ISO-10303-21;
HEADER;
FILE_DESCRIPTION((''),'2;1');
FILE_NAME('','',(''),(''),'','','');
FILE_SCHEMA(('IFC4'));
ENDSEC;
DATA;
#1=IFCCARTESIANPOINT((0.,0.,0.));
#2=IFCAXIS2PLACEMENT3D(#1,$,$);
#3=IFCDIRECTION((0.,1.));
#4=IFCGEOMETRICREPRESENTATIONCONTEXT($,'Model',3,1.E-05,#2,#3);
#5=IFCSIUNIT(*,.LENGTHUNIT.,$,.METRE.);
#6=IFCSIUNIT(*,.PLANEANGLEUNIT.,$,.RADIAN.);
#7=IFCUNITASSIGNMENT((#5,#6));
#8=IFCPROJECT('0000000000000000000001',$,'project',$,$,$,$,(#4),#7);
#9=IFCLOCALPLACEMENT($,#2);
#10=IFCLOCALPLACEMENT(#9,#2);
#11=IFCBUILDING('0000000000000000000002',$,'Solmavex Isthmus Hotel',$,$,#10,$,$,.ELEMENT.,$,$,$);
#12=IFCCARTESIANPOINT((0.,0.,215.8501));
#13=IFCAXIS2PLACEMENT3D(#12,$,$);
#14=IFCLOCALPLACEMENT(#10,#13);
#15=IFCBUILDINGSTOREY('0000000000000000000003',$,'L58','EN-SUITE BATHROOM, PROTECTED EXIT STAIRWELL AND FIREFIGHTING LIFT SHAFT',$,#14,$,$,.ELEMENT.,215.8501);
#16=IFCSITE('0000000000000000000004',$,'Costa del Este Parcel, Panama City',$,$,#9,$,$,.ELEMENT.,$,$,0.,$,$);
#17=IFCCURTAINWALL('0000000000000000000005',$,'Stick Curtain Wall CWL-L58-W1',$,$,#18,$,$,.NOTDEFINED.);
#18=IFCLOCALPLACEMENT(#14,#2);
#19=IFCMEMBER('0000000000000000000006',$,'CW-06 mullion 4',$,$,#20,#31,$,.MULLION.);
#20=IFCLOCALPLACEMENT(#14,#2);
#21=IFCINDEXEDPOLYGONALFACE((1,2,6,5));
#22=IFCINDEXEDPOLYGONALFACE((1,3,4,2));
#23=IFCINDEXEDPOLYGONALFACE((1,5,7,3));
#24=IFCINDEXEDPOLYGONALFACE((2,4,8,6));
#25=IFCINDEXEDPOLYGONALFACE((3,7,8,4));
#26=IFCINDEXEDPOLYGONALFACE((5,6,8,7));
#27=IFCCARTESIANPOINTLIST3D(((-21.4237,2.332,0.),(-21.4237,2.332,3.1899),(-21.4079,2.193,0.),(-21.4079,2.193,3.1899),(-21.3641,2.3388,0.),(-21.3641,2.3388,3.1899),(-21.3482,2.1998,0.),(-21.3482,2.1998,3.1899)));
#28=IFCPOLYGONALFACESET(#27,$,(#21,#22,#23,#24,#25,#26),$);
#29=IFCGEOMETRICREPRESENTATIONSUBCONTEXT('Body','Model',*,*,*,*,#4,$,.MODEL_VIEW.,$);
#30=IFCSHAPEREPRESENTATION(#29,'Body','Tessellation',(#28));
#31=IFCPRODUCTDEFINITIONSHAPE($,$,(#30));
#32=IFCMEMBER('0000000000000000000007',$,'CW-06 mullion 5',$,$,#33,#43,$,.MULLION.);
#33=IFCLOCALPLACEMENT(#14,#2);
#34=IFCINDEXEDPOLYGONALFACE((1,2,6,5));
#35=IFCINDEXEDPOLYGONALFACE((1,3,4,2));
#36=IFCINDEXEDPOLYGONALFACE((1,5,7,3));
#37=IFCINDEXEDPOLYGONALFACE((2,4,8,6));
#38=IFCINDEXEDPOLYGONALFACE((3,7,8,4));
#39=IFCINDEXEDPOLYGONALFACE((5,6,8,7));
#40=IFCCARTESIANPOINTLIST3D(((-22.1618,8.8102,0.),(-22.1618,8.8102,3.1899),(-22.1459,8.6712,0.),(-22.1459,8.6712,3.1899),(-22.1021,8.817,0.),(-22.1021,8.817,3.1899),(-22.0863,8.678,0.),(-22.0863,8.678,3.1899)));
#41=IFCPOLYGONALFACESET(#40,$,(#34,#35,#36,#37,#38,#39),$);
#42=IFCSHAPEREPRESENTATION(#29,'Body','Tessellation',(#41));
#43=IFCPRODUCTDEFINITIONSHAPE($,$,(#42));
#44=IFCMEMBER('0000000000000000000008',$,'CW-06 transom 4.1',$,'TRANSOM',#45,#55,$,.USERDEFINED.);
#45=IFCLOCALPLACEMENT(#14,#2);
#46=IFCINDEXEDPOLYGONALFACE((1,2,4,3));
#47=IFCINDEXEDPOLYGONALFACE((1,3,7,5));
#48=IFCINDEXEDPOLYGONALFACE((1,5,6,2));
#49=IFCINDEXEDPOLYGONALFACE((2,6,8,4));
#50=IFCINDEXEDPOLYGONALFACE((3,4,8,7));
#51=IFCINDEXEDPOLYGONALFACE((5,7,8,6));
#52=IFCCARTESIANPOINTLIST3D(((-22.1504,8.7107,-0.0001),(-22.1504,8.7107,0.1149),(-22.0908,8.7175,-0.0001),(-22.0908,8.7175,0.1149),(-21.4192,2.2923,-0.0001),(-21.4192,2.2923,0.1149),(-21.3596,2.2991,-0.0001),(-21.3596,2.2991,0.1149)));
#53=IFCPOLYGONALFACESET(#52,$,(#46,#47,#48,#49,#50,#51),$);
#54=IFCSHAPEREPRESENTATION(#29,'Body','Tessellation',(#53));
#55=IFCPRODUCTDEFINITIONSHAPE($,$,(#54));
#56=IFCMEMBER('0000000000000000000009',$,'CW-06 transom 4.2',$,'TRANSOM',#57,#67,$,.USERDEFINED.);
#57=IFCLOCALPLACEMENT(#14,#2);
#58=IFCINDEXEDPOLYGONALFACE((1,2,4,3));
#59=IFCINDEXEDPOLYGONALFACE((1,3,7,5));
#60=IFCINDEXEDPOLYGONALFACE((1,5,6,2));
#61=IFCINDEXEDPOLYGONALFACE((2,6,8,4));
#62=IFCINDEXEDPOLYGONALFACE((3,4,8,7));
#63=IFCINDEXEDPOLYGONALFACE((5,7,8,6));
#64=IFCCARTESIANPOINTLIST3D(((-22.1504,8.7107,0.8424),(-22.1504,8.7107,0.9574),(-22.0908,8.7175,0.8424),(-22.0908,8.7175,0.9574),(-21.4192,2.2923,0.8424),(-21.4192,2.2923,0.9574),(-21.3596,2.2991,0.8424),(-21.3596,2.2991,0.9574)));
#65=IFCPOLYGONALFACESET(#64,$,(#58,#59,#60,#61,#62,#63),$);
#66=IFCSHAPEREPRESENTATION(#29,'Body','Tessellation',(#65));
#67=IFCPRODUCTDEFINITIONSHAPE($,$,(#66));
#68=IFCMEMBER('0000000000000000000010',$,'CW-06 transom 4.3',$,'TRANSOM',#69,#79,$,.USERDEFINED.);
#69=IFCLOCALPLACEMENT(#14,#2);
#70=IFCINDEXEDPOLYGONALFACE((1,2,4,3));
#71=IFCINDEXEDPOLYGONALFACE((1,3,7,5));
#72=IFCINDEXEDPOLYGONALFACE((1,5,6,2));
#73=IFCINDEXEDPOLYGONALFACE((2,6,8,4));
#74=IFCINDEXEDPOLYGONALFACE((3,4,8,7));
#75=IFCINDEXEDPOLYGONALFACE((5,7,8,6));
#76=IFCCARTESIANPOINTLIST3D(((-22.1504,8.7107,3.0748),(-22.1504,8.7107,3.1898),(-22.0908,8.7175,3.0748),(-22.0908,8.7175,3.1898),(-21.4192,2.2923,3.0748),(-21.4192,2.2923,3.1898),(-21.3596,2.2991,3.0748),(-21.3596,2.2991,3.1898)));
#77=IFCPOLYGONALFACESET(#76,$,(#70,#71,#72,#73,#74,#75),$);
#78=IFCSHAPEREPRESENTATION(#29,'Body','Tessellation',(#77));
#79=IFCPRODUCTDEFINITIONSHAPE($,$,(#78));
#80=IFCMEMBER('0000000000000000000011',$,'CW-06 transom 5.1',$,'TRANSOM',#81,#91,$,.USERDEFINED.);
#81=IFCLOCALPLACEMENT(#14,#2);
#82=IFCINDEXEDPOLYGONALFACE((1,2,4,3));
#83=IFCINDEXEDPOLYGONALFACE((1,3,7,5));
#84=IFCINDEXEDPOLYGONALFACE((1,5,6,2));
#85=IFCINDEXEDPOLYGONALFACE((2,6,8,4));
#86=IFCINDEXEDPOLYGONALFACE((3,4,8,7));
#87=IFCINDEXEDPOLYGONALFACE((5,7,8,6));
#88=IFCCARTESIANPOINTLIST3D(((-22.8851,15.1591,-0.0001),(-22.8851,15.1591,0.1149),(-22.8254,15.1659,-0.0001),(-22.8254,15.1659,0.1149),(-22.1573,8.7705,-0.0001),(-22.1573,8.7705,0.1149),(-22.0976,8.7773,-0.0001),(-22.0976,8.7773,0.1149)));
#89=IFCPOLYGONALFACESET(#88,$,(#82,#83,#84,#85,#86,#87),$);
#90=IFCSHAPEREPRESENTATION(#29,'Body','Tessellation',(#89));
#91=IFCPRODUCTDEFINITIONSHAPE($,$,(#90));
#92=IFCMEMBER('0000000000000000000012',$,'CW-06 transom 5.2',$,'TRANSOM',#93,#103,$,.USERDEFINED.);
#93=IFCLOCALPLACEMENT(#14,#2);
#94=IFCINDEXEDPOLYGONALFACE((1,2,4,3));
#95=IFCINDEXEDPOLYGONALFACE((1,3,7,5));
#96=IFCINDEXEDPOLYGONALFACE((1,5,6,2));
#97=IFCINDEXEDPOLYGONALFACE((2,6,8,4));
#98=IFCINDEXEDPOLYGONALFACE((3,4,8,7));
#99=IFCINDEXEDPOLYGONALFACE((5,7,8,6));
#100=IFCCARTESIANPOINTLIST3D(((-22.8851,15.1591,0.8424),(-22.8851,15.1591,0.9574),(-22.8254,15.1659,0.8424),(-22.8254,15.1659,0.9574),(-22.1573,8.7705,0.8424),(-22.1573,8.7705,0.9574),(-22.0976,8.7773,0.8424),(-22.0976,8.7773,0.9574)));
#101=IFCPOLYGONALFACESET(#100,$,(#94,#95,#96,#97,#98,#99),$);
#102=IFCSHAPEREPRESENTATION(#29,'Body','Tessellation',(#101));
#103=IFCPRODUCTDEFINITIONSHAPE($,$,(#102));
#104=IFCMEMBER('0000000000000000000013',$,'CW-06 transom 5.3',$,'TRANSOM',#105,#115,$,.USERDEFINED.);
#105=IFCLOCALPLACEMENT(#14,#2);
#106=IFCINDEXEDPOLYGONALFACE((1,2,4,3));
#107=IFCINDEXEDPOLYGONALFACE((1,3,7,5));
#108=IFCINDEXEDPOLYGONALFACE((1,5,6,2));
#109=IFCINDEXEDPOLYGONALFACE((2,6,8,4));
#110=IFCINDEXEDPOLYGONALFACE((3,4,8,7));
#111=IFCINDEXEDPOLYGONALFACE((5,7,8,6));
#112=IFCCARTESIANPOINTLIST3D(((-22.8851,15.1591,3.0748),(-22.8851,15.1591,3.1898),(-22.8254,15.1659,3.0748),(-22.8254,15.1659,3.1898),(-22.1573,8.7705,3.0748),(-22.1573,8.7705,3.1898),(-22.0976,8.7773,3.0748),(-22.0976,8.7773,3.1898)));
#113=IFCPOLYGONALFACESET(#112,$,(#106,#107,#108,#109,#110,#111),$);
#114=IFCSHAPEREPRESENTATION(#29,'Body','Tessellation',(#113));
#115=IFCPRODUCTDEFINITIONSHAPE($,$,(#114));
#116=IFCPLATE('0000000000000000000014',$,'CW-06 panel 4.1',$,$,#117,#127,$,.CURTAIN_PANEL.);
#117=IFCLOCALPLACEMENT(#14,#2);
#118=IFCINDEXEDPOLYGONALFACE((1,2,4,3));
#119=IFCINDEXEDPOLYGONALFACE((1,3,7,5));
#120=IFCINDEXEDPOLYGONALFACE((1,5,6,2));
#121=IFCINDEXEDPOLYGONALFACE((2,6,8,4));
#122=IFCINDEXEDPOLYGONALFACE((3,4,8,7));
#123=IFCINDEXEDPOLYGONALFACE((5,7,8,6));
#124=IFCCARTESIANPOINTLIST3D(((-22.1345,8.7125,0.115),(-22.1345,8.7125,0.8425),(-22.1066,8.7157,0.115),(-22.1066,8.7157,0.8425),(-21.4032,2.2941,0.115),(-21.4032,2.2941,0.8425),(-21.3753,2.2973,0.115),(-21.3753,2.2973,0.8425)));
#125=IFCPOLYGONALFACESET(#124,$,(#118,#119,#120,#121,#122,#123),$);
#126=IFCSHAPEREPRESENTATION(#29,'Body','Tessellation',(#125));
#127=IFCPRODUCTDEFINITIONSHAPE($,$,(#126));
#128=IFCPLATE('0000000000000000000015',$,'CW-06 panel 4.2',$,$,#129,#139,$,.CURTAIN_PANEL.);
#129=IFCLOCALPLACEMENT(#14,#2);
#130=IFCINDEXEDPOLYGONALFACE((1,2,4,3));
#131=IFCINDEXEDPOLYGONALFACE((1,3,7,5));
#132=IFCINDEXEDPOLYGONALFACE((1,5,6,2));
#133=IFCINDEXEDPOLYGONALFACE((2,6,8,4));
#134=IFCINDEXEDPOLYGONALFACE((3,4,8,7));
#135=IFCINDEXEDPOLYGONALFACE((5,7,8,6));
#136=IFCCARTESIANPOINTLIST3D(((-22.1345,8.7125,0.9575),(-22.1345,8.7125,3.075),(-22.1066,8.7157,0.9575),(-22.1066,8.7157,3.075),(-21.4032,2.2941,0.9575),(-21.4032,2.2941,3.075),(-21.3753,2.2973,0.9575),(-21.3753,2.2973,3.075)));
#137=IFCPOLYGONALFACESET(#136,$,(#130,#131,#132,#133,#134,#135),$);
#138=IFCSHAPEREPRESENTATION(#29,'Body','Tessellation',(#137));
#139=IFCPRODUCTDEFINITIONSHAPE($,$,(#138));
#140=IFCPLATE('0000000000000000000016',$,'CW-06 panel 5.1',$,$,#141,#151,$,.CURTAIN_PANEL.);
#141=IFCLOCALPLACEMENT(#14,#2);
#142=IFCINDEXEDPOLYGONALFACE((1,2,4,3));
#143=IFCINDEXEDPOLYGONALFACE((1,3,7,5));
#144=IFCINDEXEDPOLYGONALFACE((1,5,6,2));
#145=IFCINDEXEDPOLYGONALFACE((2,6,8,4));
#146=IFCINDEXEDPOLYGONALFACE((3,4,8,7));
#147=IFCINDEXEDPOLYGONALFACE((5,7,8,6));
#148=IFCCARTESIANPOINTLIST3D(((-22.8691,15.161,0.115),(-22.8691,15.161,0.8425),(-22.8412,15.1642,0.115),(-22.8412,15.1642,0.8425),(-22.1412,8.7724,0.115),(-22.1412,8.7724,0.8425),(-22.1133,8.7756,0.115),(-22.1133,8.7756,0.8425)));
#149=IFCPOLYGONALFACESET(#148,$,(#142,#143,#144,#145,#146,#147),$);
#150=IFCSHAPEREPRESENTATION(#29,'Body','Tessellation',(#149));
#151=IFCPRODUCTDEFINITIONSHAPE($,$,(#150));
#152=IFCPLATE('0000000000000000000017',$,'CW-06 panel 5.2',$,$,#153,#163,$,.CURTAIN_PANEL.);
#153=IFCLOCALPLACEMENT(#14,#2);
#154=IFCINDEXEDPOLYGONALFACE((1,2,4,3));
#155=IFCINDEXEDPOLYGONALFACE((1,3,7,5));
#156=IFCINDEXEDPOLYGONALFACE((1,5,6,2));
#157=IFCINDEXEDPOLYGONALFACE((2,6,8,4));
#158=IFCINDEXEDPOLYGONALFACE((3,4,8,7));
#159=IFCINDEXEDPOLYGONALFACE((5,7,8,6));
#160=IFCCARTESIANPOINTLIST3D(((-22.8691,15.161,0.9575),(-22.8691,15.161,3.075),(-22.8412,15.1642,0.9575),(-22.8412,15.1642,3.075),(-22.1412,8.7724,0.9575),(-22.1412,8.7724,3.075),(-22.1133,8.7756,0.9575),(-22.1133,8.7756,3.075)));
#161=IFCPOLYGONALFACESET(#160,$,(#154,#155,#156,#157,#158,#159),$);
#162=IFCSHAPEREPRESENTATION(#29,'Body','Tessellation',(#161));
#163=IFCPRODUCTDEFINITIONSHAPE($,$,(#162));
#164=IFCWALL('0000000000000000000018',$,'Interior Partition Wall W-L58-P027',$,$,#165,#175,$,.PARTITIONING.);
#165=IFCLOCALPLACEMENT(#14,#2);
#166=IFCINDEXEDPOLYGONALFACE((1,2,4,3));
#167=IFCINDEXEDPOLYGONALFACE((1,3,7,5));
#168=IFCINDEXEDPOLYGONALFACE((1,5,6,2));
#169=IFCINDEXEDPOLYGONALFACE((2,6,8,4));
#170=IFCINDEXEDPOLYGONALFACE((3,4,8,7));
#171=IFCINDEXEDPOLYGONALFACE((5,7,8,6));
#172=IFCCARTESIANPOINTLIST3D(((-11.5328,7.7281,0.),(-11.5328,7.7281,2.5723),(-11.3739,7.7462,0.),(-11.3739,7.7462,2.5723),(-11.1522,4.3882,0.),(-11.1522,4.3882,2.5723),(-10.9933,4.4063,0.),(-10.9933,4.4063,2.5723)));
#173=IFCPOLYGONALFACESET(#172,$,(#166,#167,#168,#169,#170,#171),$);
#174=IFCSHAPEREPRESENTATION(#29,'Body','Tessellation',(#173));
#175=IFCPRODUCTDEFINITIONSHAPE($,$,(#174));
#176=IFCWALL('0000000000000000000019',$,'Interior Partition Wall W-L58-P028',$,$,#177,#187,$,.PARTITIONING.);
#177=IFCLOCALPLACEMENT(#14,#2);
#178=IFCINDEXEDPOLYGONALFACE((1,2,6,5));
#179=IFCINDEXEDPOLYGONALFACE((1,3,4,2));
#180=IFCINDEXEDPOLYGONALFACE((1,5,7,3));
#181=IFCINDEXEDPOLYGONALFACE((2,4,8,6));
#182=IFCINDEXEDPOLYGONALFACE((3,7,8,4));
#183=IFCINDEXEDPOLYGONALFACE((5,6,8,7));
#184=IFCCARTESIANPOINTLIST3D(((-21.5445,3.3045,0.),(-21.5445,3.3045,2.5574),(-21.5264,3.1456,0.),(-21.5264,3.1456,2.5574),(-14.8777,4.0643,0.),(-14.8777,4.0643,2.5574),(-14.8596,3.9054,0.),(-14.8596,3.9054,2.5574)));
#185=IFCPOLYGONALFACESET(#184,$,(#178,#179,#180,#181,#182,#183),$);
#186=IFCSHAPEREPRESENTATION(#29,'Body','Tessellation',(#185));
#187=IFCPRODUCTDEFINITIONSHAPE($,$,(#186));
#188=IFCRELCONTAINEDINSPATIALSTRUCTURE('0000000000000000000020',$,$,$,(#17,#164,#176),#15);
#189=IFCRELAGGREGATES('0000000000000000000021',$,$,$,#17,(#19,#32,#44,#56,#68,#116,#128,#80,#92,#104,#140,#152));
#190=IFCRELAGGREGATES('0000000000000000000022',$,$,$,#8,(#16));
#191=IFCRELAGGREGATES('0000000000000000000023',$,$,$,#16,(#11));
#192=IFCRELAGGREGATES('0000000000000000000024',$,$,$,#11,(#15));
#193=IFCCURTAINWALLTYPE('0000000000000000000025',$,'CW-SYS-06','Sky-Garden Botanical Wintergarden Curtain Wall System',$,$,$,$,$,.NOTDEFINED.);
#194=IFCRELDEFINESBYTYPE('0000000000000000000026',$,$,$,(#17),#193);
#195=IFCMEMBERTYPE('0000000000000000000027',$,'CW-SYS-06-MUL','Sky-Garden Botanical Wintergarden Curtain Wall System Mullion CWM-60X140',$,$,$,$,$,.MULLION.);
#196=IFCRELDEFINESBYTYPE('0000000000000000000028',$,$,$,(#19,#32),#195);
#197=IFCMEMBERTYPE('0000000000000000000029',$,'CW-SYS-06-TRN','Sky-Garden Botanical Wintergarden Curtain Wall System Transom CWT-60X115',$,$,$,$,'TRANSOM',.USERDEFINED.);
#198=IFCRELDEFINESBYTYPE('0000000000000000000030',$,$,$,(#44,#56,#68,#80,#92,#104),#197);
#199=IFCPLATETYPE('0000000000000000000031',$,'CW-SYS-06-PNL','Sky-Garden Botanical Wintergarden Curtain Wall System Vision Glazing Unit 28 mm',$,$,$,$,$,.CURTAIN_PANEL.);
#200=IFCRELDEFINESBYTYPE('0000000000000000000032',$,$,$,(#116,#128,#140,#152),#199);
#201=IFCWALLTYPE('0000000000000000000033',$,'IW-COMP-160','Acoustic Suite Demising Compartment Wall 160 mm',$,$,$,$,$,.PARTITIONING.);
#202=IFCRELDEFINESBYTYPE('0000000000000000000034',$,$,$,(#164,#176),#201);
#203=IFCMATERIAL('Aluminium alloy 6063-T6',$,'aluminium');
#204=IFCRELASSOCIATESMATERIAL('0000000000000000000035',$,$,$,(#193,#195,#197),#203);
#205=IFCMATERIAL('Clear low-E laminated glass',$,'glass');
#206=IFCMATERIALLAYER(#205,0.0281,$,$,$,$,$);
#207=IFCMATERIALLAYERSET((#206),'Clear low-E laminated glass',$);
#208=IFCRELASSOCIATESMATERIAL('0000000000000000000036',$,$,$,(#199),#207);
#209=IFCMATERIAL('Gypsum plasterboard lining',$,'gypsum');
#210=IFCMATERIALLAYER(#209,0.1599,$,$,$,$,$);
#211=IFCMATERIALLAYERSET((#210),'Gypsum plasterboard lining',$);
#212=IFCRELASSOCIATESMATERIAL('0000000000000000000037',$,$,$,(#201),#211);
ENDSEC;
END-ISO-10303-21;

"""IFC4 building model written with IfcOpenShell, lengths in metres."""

from ifc_helpers import new_model, si_unit, direction, frame, frame_2d, origin, origin_2d, place, context, subcontext, project, spatial, rectangle, extrude, material, layer, layer_set, material_profile, profile_set, type_object, element, aggregate, save


model = new_model("IFC4")

# Units and contexts
model_context = context("Model", 3, precision=1e-05, world=origin(), true_north=direction((0.0, 1.0)))
body_context = subcontext(model_context, "Body", "Model", "MODEL_VIEW")
ifc_project = project(units=[si_unit("LENGTHUNIT", "METRE"), si_unit("PLANEANGLEUNIT", "RADIAN")], contexts=[model_context])

# Site, building, storey
site_placement = place(None, origin())
site = spatial("IfcSite", under=ifc_project, at=site_placement, Name="Costa del Este Parcel, Panama City", CompositionType="ELEMENT", RefElevation=0.0)
building_placement = place(site_placement, origin())
building = spatial("IfcBuilding", under=site, at=building_placement, Name="Solmavex Isthmus Hotel", CompositionType="ELEMENT")
storey_placement = place(building_placement, frame((0.0, 0.0, 215.8501)))
storey = spatial("IfcBuildingStorey", under=building, at=storey_placement, Name="L58", Description="EN-SUITE BATHROOM, PROTECTED EXIT STAIRWELL AND FIREFIGHTING LIFT SHAFT", CompositionType="ELEMENT", Elevation=215.8501)

# Curtain wall, members, plates
ifc_material_1 = material(Name="Aluminium alloy 6063-T6", Category="aluminium")
curtain_wall_type = type_object("IfcCurtainWallType", Name="CW-SYS-06", Description="Sky-Garden Botanical Wintergarden Curtain Wall System", PredefinedType="NOTDEFINED", material=ifc_material_1)
curtain_wall_placement = place(storey_placement, origin())
curtain_wall = element("IfcCurtainWall", 1, at=curtain_wall_placement, inside=storey, type_object=curtain_wall_type, Name="Stick Curtain Wall CWL-L58-W1", PredefinedType="NOTDEFINED")
ifc_material_profile_1 = material_profile(ifc_material_1, rectangle(XDim=0.0601, YDim=0.1399, at=origin_2d()), Name="CWM-60X140")
ifc_profile_set_1 = profile_set([ifc_material_profile_1], Name="Aluminium alloy 6063-T6")
member_type_1 = type_object("IfcMemberType", Name="CW-SYS-06-MUL", Description="Sky-Garden Botanical Wintergarden Curtain Wall System Mullion CWM-60X140", PredefinedType="MULLION", material=ifc_profile_set_1)
member_1_placement = place(storey_placement, frame((-21.386, 2.2659, 0.0), z_axis=(0.0, 0.0, 1.0), x_axis=(-0.993572, -0.113203, 0.0)))
member_1 = element("IfcMember", 2, at=member_1_placement, type_object=member_type_1, Name="CW-06 mullion 4", PredefinedType="MULLION", context=body_context, shape_type="SweptSolid", body=[
    extrude(rectangle(XDim=0.0601, YDim=0.1399, at=origin_2d()), origin(), (0.0, 0.0, 1.0), 3.1899),
])
member_2_placement = place(storey_placement, frame((-22.124, 8.7441, 0.0), z_axis=(0.0, 0.0, 1.0), x_axis=(-0.993572, -0.113203, 0.0)))
member_2 = element("IfcMember", 3, at=member_2_placement, type_object=member_type_1, Name="CW-06 mullion 5", PredefinedType="MULLION", context=body_context, shape_type="SweptSolid", body=[
    extrude(rectangle(XDim=0.0601, YDim=0.1399, at=origin_2d()), origin(), (0.0, 0.0, 1.0), 3.1899),
])
ifc_material_profile_2 = material_profile(ifc_material_1, rectangle(XDim=0.0601, YDim=0.115, at=origin_2d()), Name="CWT-60X115")
ifc_profile_set_2 = profile_set([ifc_material_profile_2], Name="Aluminium alloy 6063-T6")
member_type_2 = type_object("IfcMemberType", Name="CW-SYS-06-TRN", Description="Sky-Garden Botanical Wintergarden Curtain Wall System Transom CWT-60X115", ElementType="TRANSOM", PredefinedType="USERDEFINED", material=ifc_profile_set_2)
member_3_placement = place(storey_placement, frame((-21.3894, 2.2957, 0.0574), z_axis=(-0.11319, 0.993573, 0.0), x_axis=(-0.993573, -0.11319, 0.0)))
member_3 = element("IfcMember", 4, at=member_3_placement, type_object=member_type_2, Name="CW-06 transom 4.1", ObjectType="TRANSOM", PredefinedType="USERDEFINED", context=body_context, shape_type="SweptSolid", body=[
    extrude(rectangle(XDim=0.0601, YDim=0.115, at=origin_2d()), origin(), (0.0, 0.0, 1.0), 6.46),
])
member_4_placement = place(storey_placement, frame((-21.3894, 2.2957, 0.8999), z_axis=(-0.11319, 0.993573, 0.0), x_axis=(-0.993573, -0.11319, 0.0)))
member_4 = element("IfcMember", 5, at=member_4_placement, type_object=member_type_2, Name="CW-06 transom 4.2", ObjectType="TRANSOM", PredefinedType="USERDEFINED", context=body_context, shape_type="SweptSolid", body=[
    extrude(rectangle(XDim=0.0601, YDim=0.115, at=origin_2d()), origin(), (0.0, 0.0, 1.0), 6.46),
])
member_5_placement = place(storey_placement, frame((-21.3894, 2.2957, 3.1323), z_axis=(-0.11319, 0.993573, 0.0), x_axis=(-0.993573, -0.11319, 0.0)))
member_5 = element("IfcMember", 6, at=member_5_placement, type_object=member_type_2, Name="CW-06 transom 4.3", ObjectType="TRANSOM", PredefinedType="USERDEFINED", context=body_context, shape_type="SweptSolid", body=[
    extrude(rectangle(XDim=0.0601, YDim=0.115, at=origin_2d()), origin(), (0.0, 0.0, 1.0), 6.46),
])
member_6_placement = place(storey_placement, frame((-22.1274, 8.7739, 0.0574), z_axis=(-0.113186, 0.993574, 0.0), x_axis=(-0.993574, -0.113186, 0.0)))
member_6 = element("IfcMember", 7, at=member_6_placement, type_object=member_type_2, Name="CW-06 transom 5.1", ObjectType="TRANSOM", PredefinedType="USERDEFINED", context=body_context, shape_type="SweptSolid", body=[
    extrude(rectangle(XDim=0.0601, YDim=0.115, at=origin_2d()), origin(), (0.0, 0.0, 1.0), 6.4299),
])
member_7_placement = place(storey_placement, frame((-22.1274, 8.7739, 0.8999), z_axis=(-0.113186, 0.993574, 0.0), x_axis=(-0.993574, -0.113186, 0.0)))
member_7 = element("IfcMember", 8, at=member_7_placement, type_object=member_type_2, Name="CW-06 transom 5.2", ObjectType="TRANSOM", PredefinedType="USERDEFINED", context=body_context, shape_type="SweptSolid", body=[
    extrude(rectangle(XDim=0.0601, YDim=0.115, at=origin_2d()), origin(), (0.0, 0.0, 1.0), 6.4299),
])
member_8_placement = place(storey_placement, frame((-22.1274, 8.7739, 3.1323), z_axis=(-0.113186, 0.993574, 0.0), x_axis=(-0.993574, -0.113186, 0.0)))
member_8 = element("IfcMember", 9, at=member_8_placement, type_object=member_type_2, Name="CW-06 transom 5.3", ObjectType="TRANSOM", PredefinedType="USERDEFINED", context=body_context, shape_type="SweptSolid", body=[
    extrude(rectangle(XDim=0.0601, YDim=0.115, at=origin_2d()), origin(), (0.0, 0.0, 1.0), 6.4299),
])
ifc_material_2 = material(Name="Clear low-E laminated glass", Category="glass")
ifc_layer_1 = layer(ifc_material_2, 0.0281)
ifc_layer_set_1 = layer_set([ifc_layer_1], Name="Clear low-E laminated glass")
plate_type = type_object("IfcPlateType", Name="CW-SYS-06-PNL", Description="Sky-Garden Botanical Wintergarden Curtain Wall System Vision Glazing Unit 28 mm", PredefinedType="CURTAIN_PANEL", material=ifc_layer_set_1)
plate_1_placement = place(storey_placement, frame((-21.7549, 5.5049, 0.115), z_axis=(0.0, 0.0, 1.0), x_axis=(-0.113203, 0.993572, 0.0)))
plate_1 = element("IfcPlate", 10, at=plate_1_placement, type_object=plate_type, Name="CW-06 panel 4.1", PredefinedType="CURTAIN_PANEL", context=body_context, shape_type="SweptSolid", body=[
    extrude(rectangle(XDim=6.46, YDim=0.0281, at=origin_2d()), origin(), (0.0, 0.0, 1.0), 0.7275),
])
plate_2_placement = place(storey_placement, frame((-21.7549, 5.5049, 0.9575), z_axis=(0.0, 0.0, 1.0), x_axis=(-0.113203, 0.993572, 0.0)))
plate_2 = element("IfcPlate", 11, at=plate_2_placement, type_object=plate_type, Name="CW-06 panel 4.2", PredefinedType="CURTAIN_PANEL", context=body_context, shape_type="SweptSolid", body=[
    extrude(rectangle(XDim=6.46, YDim=0.0281, at=origin_2d()), origin(), (0.0, 0.0, 1.0), 2.1174),
])
plate_3_placement = place(storey_placement, frame((-22.4912, 11.9683, 0.115), z_axis=(0.0, 0.0, 1.0), x_axis=(-0.113203, 0.993572, 0.0)))
plate_3 = element("IfcPlate", 12, at=plate_3_placement, type_object=plate_type, Name="CW-06 panel 5.1", PredefinedType="CURTAIN_PANEL", context=body_context, shape_type="SweptSolid", body=[
    extrude(rectangle(XDim=6.4299, YDim=0.0281, at=origin_2d()), origin(), (0.0, 0.0, 1.0), 0.7275),
])
plate_4_placement = place(storey_placement, frame((-22.4912, 11.9683, 0.9575), z_axis=(0.0, 0.0, 1.0), x_axis=(-0.113203, 0.993572, 0.0)))
plate_4 = element("IfcPlate", 13, at=plate_4_placement, type_object=plate_type, Name="CW-06 panel 5.2", PredefinedType="CURTAIN_PANEL", context=body_context, shape_type="SweptSolid", body=[
    extrude(rectangle(XDim=6.4299, YDim=0.0281, at=origin_2d()), origin(), (0.0, 0.0, 1.0), 2.1174),
])
aggregate(curtain_wall, [member_1, member_2, member_3, member_4, member_5, plate_1, plate_2, member_6, member_7, member_8, plate_3, plate_4])

# Walls
ifc_material_3 = material(Name="Gypsum plasterboard lining", Category="gypsum")
ifc_layer_2 = layer(ifc_material_3, 0.1599)
ifc_layer_set_2 = layer_set([ifc_layer_2], Name="Gypsum plasterboard lining")
wall_type_1 = type_object("IfcWallType", Name="IW-COMP-160", Description="Acoustic Suite Demising Compartment Wall 160 mm", PredefinedType="PARTITIONING", material=ifc_layer_set_2)
wall_1_placement = place(storey_placement, frame((-11.4534, 7.7371, 0.0), z_axis=(0.0, 0.0, 1.0), x_axis=(0.113229, -0.993569, 0.0)))
element("IfcWall", 14, at=wall_1_placement, inside=storey, type_object=wall_type_1, Name="Interior Partition Wall W-L58-P027", PredefinedType="PARTITIONING", context=body_context, shape_type="SweptSolid", body=[
    extrude(rectangle(XDim=3.3616, YDim=0.1599, at=frame_2d((1.6807, 0.0))), origin(), (0.0, 0.0, 1.0), 2.5723),
])
wall_2_placement = place(storey_placement, frame((-14.8687, 3.9849, 0.0), z_axis=(0.0, 0.0, 1.0), x_axis=(-0.993569, -0.113231, 0.0)))
element("IfcWall", 15, at=wall_2_placement, inside=storey, type_object=wall_type_1, Name="Interior Partition Wall W-L58-P028", PredefinedType="PARTITIONING", context=body_context, shape_type="SweptSolid", body=[
    extrude(rectangle(XDim=6.71, YDim=0.1599, at=frame_2d((3.355, 0.0))), origin(), (0.0, 0.0, 1.0), 2.5574),
])

save(model, "model.ifc")
